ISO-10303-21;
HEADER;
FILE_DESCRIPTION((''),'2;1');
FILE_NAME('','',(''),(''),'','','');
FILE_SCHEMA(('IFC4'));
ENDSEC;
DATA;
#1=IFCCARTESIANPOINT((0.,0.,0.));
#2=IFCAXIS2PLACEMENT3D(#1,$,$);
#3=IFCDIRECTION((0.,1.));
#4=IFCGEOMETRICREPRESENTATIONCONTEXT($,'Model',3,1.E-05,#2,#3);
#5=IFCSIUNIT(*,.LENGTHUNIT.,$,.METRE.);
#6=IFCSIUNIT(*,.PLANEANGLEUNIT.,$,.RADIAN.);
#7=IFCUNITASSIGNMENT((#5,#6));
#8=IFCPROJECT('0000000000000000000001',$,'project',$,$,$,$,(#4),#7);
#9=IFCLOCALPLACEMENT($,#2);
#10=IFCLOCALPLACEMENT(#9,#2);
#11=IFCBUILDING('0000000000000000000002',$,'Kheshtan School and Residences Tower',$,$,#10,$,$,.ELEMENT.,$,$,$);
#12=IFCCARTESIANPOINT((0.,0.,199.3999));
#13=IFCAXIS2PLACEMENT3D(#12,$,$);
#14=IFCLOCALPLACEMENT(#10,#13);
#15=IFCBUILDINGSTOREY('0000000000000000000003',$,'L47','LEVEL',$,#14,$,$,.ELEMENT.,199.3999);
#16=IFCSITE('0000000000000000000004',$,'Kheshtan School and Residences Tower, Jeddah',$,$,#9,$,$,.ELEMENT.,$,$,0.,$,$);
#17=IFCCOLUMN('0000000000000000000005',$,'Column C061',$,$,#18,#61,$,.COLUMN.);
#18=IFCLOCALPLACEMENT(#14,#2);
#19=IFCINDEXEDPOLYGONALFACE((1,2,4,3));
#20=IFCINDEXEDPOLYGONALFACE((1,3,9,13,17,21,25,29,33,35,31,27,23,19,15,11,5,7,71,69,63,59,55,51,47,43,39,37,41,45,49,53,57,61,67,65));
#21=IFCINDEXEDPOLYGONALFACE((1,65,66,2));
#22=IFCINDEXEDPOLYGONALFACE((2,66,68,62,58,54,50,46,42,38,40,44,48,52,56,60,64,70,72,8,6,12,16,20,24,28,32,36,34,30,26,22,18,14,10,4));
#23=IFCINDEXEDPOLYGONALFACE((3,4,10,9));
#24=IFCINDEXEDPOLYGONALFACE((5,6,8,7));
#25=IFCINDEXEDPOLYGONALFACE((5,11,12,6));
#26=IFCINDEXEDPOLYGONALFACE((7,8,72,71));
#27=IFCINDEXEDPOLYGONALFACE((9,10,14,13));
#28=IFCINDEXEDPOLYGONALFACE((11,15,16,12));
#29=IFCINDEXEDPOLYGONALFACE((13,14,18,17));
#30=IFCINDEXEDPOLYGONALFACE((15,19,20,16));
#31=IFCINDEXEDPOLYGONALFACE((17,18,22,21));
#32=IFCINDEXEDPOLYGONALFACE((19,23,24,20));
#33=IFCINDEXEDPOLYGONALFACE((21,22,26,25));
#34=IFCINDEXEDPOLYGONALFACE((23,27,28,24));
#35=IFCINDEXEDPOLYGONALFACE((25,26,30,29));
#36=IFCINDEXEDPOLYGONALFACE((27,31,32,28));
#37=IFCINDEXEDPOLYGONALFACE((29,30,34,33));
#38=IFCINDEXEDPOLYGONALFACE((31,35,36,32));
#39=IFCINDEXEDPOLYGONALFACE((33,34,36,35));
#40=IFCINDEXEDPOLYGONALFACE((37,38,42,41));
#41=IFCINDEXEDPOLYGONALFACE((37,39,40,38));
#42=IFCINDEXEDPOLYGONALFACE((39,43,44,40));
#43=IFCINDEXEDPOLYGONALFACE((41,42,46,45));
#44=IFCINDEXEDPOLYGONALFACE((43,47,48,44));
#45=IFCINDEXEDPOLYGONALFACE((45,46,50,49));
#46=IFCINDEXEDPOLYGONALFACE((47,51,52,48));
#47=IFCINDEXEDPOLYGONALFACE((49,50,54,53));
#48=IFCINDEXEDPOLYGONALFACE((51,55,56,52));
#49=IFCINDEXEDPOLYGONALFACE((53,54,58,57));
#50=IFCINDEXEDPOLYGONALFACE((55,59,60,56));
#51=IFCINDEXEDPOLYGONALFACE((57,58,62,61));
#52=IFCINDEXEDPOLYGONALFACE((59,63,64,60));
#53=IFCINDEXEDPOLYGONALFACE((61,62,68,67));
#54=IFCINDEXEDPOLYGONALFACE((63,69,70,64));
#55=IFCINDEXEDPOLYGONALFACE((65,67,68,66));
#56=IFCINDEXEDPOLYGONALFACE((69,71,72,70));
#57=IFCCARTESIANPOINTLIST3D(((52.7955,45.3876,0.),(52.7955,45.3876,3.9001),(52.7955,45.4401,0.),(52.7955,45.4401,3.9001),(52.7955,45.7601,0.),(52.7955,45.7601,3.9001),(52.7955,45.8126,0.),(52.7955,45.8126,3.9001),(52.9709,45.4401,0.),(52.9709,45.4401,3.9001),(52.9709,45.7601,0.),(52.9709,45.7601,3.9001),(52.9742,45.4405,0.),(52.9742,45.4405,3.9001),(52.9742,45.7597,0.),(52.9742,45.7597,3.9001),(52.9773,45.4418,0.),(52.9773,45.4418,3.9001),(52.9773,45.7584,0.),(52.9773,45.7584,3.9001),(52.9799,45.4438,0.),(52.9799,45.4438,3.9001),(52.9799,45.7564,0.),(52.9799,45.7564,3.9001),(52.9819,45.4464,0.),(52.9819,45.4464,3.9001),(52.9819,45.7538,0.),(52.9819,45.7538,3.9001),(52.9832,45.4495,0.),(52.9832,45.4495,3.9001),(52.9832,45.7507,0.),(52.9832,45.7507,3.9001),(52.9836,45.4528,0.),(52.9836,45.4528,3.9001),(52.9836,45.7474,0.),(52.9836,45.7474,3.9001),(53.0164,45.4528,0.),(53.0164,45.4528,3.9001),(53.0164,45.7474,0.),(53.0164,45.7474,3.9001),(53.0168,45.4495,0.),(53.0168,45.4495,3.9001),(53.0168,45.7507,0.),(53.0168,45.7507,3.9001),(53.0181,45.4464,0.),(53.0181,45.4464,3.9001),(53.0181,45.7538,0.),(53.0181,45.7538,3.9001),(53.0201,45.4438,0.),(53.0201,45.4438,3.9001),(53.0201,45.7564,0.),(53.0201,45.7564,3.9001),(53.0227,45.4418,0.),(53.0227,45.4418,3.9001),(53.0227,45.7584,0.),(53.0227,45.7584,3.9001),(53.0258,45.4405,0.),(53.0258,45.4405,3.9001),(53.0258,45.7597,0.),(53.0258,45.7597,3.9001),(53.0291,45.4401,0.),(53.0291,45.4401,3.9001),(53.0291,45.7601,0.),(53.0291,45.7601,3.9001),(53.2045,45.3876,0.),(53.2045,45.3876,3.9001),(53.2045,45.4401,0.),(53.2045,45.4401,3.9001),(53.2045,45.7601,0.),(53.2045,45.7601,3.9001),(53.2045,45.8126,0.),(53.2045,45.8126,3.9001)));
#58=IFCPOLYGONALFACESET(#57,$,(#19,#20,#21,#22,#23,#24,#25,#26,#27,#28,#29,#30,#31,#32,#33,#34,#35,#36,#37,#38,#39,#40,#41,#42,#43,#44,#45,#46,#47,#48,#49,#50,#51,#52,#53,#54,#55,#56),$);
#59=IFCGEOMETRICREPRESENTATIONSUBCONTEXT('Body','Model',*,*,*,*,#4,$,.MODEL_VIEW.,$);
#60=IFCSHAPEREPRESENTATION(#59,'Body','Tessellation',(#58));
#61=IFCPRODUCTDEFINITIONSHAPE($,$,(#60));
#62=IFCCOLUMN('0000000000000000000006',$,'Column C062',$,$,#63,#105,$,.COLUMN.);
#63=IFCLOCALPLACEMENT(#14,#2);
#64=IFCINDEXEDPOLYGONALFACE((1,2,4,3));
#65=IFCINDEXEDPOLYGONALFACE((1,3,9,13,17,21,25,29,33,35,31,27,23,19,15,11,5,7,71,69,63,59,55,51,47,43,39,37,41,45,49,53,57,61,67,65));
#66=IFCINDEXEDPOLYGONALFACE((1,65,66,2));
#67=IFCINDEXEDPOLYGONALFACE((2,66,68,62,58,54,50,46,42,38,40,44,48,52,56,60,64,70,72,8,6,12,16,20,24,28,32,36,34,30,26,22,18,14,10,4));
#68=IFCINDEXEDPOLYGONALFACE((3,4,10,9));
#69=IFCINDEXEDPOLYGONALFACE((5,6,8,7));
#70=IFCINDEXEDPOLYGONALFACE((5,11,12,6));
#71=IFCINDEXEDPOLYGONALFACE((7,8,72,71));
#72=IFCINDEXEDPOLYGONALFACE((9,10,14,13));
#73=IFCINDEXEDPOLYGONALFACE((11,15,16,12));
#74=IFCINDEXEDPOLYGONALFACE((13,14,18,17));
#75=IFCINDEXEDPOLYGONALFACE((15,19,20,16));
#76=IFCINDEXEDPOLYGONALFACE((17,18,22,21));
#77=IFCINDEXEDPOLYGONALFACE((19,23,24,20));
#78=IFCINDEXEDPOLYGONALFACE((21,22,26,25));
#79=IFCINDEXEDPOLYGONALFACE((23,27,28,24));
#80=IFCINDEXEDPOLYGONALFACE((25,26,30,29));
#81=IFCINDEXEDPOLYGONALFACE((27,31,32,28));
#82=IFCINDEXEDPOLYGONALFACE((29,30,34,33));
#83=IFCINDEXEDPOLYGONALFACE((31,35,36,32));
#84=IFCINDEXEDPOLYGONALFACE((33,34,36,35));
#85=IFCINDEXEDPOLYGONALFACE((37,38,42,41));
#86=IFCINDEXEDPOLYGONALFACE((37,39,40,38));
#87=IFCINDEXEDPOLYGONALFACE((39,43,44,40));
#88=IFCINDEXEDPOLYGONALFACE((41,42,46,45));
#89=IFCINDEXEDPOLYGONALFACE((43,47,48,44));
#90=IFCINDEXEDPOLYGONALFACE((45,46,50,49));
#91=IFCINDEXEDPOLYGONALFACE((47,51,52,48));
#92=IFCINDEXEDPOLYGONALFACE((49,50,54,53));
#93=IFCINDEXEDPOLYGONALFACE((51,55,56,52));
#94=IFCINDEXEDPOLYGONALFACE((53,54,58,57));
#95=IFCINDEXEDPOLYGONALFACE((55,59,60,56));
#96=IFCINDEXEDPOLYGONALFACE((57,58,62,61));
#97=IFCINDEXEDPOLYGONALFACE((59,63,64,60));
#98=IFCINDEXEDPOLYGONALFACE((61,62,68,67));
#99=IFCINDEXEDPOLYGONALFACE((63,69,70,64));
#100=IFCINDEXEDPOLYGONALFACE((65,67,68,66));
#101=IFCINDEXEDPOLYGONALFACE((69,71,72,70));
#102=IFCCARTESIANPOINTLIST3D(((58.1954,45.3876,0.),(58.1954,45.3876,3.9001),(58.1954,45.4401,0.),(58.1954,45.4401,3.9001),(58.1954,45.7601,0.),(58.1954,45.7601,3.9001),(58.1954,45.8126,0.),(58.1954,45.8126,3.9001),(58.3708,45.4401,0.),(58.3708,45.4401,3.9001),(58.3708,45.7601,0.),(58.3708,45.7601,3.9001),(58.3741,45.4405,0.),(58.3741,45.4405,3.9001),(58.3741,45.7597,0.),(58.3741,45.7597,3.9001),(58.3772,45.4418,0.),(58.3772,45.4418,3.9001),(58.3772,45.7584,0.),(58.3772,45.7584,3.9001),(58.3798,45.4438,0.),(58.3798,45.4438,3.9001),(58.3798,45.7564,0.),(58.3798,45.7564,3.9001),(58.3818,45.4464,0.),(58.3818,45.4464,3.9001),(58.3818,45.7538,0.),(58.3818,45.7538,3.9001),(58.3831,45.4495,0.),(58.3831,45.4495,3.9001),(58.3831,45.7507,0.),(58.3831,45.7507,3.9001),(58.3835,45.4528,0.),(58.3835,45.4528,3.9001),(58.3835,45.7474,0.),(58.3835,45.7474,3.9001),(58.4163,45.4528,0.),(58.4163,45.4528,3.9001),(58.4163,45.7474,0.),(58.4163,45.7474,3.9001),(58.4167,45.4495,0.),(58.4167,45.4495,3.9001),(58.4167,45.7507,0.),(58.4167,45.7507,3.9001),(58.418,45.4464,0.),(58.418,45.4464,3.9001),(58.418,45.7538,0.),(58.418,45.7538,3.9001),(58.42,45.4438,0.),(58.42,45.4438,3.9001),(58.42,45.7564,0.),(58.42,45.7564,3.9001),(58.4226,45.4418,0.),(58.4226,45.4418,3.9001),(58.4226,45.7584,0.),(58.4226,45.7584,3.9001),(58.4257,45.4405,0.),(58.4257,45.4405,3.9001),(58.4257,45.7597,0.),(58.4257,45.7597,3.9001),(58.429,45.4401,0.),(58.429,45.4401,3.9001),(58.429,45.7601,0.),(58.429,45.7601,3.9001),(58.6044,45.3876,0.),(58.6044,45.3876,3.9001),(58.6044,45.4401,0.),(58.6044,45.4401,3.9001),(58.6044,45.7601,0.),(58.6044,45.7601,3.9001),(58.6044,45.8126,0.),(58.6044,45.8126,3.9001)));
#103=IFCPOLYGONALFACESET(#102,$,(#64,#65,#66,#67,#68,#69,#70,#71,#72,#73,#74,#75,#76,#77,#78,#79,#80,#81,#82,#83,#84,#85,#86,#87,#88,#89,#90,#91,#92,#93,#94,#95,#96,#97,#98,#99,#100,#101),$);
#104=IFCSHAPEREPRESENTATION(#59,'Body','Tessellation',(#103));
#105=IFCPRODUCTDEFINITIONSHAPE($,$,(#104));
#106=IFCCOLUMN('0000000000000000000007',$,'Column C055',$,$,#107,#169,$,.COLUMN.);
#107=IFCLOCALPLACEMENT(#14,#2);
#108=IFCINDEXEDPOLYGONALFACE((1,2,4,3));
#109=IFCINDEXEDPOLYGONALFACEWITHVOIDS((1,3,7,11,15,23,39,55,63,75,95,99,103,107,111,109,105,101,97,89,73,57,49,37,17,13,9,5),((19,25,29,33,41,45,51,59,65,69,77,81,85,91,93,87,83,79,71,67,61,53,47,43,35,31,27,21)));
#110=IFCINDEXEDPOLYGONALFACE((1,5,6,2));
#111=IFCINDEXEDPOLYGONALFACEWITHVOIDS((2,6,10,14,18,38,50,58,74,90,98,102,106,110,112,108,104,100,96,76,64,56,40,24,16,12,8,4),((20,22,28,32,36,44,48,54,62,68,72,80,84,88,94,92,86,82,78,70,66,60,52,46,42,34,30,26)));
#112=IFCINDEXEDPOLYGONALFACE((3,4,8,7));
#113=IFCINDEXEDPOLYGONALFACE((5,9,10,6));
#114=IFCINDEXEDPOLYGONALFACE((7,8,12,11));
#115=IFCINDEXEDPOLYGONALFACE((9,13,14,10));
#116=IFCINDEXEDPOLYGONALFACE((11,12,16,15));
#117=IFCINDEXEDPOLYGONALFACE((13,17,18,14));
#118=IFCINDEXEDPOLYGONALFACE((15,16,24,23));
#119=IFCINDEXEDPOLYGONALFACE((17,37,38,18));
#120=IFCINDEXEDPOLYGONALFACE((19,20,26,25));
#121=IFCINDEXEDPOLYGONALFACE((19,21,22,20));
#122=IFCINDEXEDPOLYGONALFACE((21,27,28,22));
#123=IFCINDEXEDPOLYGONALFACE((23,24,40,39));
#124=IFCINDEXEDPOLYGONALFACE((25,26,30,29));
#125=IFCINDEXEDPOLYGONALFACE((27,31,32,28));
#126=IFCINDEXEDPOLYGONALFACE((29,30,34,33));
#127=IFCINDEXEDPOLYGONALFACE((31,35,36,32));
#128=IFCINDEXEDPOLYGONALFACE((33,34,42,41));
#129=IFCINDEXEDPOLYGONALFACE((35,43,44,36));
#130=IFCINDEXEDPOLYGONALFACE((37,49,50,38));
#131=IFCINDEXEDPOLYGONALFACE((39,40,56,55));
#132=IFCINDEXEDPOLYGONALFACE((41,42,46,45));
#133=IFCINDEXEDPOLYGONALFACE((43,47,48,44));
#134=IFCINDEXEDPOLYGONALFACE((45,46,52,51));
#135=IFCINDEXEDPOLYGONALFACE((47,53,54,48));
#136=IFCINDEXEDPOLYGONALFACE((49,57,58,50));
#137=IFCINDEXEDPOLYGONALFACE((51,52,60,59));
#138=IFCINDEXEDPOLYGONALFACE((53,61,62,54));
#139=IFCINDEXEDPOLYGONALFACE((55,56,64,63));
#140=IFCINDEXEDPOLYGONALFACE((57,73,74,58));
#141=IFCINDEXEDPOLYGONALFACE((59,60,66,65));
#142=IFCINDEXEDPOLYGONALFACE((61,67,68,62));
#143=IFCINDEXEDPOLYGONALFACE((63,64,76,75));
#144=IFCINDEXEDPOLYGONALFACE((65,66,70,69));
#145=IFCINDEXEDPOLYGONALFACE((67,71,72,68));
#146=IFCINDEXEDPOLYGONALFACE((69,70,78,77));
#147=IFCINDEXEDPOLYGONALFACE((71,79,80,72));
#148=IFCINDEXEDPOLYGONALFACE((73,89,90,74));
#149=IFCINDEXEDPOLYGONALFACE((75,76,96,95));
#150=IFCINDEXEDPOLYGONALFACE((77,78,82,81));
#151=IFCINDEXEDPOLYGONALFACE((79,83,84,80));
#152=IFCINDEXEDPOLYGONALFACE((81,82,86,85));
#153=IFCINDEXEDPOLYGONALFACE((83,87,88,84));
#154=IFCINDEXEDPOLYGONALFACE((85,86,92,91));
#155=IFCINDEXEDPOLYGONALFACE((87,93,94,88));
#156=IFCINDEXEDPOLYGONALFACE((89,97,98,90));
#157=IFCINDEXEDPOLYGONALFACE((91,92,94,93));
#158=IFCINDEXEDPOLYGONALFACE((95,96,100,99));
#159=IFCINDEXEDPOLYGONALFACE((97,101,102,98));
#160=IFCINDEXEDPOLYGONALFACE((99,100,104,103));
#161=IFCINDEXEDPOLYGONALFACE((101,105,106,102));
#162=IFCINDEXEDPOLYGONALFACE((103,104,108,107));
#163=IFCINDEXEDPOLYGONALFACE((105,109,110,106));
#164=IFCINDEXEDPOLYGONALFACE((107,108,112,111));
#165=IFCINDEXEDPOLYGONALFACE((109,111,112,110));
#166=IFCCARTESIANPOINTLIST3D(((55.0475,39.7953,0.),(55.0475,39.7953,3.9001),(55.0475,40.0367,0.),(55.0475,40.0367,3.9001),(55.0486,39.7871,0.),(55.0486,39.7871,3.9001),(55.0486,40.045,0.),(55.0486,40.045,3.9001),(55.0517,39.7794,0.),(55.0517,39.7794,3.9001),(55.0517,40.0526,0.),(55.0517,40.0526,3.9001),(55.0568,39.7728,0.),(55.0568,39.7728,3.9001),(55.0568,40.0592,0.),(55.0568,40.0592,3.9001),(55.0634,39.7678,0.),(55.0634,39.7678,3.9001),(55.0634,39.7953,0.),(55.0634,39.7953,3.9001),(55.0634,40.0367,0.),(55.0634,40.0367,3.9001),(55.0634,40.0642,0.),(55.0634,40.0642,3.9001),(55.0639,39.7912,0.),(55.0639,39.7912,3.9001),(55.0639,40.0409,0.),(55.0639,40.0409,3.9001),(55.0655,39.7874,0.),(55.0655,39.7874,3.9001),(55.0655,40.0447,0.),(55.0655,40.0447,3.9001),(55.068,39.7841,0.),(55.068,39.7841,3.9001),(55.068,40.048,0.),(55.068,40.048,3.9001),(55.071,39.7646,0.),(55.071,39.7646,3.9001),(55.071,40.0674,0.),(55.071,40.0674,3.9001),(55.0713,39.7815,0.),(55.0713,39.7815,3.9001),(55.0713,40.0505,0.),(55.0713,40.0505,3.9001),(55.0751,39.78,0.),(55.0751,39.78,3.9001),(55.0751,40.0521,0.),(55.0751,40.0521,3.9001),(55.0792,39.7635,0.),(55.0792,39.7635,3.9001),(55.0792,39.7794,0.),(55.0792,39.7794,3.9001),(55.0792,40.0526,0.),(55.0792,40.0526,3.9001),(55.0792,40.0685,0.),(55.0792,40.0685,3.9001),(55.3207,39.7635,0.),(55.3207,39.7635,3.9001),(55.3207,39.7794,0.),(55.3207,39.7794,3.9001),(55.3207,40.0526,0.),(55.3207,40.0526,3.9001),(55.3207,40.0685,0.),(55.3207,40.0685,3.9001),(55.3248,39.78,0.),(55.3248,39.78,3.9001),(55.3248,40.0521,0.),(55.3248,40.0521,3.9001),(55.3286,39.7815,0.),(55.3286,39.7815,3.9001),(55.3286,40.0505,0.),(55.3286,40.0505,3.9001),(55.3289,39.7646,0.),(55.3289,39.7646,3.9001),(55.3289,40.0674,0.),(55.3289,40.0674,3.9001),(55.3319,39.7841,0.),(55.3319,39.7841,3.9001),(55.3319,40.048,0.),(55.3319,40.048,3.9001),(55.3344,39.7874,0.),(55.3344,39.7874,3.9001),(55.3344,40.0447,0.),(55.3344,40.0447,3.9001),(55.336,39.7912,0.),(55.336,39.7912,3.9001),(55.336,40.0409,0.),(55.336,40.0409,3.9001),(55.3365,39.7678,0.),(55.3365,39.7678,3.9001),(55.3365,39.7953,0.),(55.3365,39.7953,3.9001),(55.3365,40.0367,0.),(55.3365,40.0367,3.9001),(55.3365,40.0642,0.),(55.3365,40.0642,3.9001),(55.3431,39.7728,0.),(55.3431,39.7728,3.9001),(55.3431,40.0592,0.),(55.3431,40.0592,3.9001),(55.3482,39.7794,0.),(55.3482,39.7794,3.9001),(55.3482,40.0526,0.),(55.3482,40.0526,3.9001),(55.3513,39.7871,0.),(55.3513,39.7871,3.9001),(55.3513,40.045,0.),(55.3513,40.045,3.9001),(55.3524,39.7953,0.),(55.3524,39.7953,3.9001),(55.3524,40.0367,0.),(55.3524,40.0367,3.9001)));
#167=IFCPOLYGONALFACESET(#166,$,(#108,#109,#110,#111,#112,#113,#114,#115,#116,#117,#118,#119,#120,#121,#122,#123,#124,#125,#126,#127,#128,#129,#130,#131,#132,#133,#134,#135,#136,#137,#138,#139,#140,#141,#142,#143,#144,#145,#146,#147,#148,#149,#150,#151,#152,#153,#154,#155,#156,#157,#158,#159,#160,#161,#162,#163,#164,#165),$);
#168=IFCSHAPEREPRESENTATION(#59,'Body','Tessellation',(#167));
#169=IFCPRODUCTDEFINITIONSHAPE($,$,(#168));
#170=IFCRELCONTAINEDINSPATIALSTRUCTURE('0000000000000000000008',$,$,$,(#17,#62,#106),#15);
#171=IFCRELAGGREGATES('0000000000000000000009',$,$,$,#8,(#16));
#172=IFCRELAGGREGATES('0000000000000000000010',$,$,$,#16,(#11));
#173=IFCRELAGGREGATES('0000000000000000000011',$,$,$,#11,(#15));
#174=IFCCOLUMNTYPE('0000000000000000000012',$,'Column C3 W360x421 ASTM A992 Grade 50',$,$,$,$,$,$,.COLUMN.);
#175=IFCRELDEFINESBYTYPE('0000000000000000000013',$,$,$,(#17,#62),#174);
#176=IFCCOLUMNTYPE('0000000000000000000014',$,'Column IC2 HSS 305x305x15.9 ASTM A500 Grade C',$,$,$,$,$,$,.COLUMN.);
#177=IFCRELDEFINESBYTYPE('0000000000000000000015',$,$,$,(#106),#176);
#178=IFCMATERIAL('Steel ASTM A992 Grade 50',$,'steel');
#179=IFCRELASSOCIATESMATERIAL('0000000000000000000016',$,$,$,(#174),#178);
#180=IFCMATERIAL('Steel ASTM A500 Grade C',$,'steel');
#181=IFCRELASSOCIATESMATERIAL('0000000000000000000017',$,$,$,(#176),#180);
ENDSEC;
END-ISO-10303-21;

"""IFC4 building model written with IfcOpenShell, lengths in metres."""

from ifc_helpers import new_model, si_unit, direction, frame, origin, origin_2d, place, context, subcontext, project, spatial, hollow_rectangle, i_section, extrude, material, material_profile, profile_set, type_object, element, save


model = new_model("IFC4")

# Units and contexts
model_context = context("Model", 3, precision=1e-05, world=origin(), true_north=direction((0.0, 1.0)))
body_context = subcontext(model_context, "Body", "Model", "MODEL_VIEW")
ifc_project = project(units=[si_unit("LENGTHUNIT", "METRE"), si_unit("PLANEANGLEUNIT", "RADIAN")], contexts=[model_context])

# Site, building, storey
site_placement = place(None, origin())
site = spatial("IfcSite", under=ifc_project, at=site_placement, Name="Kheshtan School and Residences Tower, Jeddah", CompositionType="ELEMENT", RefElevation=0.0)
building_placement = place(site_placement, origin())
building = spatial("IfcBuilding", under=site, at=building_placement, Name="Kheshtan School and Residences Tower", CompositionType="ELEMENT")
storey_placement = place(building_placement, frame((0.0, 0.0, 199.3999)))
storey = spatial("IfcBuildingStorey", under=building, at=storey_placement, Name="L47", Description="LEVEL", CompositionType="ELEMENT", Elevation=199.3999)

# Columns
ifc_material_1 = material(Name="Steel ASTM A992 Grade 50", Category="steel")
ifc_material_profile_1 = material_profile(ifc_material_1, i_section(OverallWidth=0.4089, OverallDepth=0.425, WebThickness=0.0327, FlangeThickness=0.0525, FilletRadius=0.0127, at=origin_2d()), Name="W360x421")
ifc_profile_set_1 = profile_set([ifc_material_profile_1], Name="Steel ASTM A992 Grade 50")
column_type_1 = type_object("IfcColumnType", Name="Column C3 W360x421 ASTM A992 Grade 50", PredefinedType="COLUMN", material=ifc_profile_set_1)
for number, where, z_axis, x_axis, name in (
    (1, (53.0, 45.6001, 0.0), (0.0, 0.0, 1.0), (1.0, 0.0, 0.0), "Column C061"),
    (2, (58.3999, 45.6001, 0.0), (0.0, 0.0, 1.0), (1.0, 0.0, 0.0), "Column C062"),
):
    element("IfcColumn", number, at=place(storey_placement, frame(where, z_axis=z_axis, x_axis=x_axis)), inside=storey, type_object=column_type_1, Name=name, PredefinedType="COLUMN", context=body_context, shape_type="SweptSolid", body=[
        extrude(i_section(OverallWidth=0.4089, OverallDepth=0.425, WebThickness=0.0327, FlangeThickness=0.0525, FilletRadius=0.0127, at=origin_2d()), origin(), (0.0, 0.0, 1.0), 3.9001),
    ])
ifc_material_2 = material(Name="Steel ASTM A500 Grade C", Category="steel")
ifc_material_profile_2 = material_profile(ifc_material_2, hollow_rectangle(XDim=0.3049, YDim=0.3049, WallThickness=0.0159, InnerFilletRadius=0.0159, OuterFilletRadius=0.0317, at=origin_2d()), Name="HSS 305x305x15.9")
ifc_profile_set_2 = profile_set([ifc_material_profile_2], Name="Steel ASTM A500 Grade C")
column_type_2 = type_object("IfcColumnType", Name="Column IC2 HSS 305x305x15.9 ASTM A500 Grade C", PredefinedType="COLUMN", material=ifc_profile_set_2)
column_placement = place(storey_placement, frame((55.2, 39.916, 0.0), z_axis=(0.0, 0.0, 1.0), x_axis=(1.0, 0.0, 0.0)))
element("IfcColumn", 3, at=column_placement, inside=storey, type_object=column_type_2, Name="Column C055", PredefinedType="COLUMN", context=body_context, shape_type="SweptSolid", body=[
    extrude(hollow_rectangle(XDim=0.3049, YDim=0.3049, WallThickness=0.0159, InnerFilletRadius=0.0159, OuterFilletRadius=0.0317, at=origin_2d()), origin(), (0.0, 0.0, 1.0), 3.9001),
])

save(model, "model.ifc")
